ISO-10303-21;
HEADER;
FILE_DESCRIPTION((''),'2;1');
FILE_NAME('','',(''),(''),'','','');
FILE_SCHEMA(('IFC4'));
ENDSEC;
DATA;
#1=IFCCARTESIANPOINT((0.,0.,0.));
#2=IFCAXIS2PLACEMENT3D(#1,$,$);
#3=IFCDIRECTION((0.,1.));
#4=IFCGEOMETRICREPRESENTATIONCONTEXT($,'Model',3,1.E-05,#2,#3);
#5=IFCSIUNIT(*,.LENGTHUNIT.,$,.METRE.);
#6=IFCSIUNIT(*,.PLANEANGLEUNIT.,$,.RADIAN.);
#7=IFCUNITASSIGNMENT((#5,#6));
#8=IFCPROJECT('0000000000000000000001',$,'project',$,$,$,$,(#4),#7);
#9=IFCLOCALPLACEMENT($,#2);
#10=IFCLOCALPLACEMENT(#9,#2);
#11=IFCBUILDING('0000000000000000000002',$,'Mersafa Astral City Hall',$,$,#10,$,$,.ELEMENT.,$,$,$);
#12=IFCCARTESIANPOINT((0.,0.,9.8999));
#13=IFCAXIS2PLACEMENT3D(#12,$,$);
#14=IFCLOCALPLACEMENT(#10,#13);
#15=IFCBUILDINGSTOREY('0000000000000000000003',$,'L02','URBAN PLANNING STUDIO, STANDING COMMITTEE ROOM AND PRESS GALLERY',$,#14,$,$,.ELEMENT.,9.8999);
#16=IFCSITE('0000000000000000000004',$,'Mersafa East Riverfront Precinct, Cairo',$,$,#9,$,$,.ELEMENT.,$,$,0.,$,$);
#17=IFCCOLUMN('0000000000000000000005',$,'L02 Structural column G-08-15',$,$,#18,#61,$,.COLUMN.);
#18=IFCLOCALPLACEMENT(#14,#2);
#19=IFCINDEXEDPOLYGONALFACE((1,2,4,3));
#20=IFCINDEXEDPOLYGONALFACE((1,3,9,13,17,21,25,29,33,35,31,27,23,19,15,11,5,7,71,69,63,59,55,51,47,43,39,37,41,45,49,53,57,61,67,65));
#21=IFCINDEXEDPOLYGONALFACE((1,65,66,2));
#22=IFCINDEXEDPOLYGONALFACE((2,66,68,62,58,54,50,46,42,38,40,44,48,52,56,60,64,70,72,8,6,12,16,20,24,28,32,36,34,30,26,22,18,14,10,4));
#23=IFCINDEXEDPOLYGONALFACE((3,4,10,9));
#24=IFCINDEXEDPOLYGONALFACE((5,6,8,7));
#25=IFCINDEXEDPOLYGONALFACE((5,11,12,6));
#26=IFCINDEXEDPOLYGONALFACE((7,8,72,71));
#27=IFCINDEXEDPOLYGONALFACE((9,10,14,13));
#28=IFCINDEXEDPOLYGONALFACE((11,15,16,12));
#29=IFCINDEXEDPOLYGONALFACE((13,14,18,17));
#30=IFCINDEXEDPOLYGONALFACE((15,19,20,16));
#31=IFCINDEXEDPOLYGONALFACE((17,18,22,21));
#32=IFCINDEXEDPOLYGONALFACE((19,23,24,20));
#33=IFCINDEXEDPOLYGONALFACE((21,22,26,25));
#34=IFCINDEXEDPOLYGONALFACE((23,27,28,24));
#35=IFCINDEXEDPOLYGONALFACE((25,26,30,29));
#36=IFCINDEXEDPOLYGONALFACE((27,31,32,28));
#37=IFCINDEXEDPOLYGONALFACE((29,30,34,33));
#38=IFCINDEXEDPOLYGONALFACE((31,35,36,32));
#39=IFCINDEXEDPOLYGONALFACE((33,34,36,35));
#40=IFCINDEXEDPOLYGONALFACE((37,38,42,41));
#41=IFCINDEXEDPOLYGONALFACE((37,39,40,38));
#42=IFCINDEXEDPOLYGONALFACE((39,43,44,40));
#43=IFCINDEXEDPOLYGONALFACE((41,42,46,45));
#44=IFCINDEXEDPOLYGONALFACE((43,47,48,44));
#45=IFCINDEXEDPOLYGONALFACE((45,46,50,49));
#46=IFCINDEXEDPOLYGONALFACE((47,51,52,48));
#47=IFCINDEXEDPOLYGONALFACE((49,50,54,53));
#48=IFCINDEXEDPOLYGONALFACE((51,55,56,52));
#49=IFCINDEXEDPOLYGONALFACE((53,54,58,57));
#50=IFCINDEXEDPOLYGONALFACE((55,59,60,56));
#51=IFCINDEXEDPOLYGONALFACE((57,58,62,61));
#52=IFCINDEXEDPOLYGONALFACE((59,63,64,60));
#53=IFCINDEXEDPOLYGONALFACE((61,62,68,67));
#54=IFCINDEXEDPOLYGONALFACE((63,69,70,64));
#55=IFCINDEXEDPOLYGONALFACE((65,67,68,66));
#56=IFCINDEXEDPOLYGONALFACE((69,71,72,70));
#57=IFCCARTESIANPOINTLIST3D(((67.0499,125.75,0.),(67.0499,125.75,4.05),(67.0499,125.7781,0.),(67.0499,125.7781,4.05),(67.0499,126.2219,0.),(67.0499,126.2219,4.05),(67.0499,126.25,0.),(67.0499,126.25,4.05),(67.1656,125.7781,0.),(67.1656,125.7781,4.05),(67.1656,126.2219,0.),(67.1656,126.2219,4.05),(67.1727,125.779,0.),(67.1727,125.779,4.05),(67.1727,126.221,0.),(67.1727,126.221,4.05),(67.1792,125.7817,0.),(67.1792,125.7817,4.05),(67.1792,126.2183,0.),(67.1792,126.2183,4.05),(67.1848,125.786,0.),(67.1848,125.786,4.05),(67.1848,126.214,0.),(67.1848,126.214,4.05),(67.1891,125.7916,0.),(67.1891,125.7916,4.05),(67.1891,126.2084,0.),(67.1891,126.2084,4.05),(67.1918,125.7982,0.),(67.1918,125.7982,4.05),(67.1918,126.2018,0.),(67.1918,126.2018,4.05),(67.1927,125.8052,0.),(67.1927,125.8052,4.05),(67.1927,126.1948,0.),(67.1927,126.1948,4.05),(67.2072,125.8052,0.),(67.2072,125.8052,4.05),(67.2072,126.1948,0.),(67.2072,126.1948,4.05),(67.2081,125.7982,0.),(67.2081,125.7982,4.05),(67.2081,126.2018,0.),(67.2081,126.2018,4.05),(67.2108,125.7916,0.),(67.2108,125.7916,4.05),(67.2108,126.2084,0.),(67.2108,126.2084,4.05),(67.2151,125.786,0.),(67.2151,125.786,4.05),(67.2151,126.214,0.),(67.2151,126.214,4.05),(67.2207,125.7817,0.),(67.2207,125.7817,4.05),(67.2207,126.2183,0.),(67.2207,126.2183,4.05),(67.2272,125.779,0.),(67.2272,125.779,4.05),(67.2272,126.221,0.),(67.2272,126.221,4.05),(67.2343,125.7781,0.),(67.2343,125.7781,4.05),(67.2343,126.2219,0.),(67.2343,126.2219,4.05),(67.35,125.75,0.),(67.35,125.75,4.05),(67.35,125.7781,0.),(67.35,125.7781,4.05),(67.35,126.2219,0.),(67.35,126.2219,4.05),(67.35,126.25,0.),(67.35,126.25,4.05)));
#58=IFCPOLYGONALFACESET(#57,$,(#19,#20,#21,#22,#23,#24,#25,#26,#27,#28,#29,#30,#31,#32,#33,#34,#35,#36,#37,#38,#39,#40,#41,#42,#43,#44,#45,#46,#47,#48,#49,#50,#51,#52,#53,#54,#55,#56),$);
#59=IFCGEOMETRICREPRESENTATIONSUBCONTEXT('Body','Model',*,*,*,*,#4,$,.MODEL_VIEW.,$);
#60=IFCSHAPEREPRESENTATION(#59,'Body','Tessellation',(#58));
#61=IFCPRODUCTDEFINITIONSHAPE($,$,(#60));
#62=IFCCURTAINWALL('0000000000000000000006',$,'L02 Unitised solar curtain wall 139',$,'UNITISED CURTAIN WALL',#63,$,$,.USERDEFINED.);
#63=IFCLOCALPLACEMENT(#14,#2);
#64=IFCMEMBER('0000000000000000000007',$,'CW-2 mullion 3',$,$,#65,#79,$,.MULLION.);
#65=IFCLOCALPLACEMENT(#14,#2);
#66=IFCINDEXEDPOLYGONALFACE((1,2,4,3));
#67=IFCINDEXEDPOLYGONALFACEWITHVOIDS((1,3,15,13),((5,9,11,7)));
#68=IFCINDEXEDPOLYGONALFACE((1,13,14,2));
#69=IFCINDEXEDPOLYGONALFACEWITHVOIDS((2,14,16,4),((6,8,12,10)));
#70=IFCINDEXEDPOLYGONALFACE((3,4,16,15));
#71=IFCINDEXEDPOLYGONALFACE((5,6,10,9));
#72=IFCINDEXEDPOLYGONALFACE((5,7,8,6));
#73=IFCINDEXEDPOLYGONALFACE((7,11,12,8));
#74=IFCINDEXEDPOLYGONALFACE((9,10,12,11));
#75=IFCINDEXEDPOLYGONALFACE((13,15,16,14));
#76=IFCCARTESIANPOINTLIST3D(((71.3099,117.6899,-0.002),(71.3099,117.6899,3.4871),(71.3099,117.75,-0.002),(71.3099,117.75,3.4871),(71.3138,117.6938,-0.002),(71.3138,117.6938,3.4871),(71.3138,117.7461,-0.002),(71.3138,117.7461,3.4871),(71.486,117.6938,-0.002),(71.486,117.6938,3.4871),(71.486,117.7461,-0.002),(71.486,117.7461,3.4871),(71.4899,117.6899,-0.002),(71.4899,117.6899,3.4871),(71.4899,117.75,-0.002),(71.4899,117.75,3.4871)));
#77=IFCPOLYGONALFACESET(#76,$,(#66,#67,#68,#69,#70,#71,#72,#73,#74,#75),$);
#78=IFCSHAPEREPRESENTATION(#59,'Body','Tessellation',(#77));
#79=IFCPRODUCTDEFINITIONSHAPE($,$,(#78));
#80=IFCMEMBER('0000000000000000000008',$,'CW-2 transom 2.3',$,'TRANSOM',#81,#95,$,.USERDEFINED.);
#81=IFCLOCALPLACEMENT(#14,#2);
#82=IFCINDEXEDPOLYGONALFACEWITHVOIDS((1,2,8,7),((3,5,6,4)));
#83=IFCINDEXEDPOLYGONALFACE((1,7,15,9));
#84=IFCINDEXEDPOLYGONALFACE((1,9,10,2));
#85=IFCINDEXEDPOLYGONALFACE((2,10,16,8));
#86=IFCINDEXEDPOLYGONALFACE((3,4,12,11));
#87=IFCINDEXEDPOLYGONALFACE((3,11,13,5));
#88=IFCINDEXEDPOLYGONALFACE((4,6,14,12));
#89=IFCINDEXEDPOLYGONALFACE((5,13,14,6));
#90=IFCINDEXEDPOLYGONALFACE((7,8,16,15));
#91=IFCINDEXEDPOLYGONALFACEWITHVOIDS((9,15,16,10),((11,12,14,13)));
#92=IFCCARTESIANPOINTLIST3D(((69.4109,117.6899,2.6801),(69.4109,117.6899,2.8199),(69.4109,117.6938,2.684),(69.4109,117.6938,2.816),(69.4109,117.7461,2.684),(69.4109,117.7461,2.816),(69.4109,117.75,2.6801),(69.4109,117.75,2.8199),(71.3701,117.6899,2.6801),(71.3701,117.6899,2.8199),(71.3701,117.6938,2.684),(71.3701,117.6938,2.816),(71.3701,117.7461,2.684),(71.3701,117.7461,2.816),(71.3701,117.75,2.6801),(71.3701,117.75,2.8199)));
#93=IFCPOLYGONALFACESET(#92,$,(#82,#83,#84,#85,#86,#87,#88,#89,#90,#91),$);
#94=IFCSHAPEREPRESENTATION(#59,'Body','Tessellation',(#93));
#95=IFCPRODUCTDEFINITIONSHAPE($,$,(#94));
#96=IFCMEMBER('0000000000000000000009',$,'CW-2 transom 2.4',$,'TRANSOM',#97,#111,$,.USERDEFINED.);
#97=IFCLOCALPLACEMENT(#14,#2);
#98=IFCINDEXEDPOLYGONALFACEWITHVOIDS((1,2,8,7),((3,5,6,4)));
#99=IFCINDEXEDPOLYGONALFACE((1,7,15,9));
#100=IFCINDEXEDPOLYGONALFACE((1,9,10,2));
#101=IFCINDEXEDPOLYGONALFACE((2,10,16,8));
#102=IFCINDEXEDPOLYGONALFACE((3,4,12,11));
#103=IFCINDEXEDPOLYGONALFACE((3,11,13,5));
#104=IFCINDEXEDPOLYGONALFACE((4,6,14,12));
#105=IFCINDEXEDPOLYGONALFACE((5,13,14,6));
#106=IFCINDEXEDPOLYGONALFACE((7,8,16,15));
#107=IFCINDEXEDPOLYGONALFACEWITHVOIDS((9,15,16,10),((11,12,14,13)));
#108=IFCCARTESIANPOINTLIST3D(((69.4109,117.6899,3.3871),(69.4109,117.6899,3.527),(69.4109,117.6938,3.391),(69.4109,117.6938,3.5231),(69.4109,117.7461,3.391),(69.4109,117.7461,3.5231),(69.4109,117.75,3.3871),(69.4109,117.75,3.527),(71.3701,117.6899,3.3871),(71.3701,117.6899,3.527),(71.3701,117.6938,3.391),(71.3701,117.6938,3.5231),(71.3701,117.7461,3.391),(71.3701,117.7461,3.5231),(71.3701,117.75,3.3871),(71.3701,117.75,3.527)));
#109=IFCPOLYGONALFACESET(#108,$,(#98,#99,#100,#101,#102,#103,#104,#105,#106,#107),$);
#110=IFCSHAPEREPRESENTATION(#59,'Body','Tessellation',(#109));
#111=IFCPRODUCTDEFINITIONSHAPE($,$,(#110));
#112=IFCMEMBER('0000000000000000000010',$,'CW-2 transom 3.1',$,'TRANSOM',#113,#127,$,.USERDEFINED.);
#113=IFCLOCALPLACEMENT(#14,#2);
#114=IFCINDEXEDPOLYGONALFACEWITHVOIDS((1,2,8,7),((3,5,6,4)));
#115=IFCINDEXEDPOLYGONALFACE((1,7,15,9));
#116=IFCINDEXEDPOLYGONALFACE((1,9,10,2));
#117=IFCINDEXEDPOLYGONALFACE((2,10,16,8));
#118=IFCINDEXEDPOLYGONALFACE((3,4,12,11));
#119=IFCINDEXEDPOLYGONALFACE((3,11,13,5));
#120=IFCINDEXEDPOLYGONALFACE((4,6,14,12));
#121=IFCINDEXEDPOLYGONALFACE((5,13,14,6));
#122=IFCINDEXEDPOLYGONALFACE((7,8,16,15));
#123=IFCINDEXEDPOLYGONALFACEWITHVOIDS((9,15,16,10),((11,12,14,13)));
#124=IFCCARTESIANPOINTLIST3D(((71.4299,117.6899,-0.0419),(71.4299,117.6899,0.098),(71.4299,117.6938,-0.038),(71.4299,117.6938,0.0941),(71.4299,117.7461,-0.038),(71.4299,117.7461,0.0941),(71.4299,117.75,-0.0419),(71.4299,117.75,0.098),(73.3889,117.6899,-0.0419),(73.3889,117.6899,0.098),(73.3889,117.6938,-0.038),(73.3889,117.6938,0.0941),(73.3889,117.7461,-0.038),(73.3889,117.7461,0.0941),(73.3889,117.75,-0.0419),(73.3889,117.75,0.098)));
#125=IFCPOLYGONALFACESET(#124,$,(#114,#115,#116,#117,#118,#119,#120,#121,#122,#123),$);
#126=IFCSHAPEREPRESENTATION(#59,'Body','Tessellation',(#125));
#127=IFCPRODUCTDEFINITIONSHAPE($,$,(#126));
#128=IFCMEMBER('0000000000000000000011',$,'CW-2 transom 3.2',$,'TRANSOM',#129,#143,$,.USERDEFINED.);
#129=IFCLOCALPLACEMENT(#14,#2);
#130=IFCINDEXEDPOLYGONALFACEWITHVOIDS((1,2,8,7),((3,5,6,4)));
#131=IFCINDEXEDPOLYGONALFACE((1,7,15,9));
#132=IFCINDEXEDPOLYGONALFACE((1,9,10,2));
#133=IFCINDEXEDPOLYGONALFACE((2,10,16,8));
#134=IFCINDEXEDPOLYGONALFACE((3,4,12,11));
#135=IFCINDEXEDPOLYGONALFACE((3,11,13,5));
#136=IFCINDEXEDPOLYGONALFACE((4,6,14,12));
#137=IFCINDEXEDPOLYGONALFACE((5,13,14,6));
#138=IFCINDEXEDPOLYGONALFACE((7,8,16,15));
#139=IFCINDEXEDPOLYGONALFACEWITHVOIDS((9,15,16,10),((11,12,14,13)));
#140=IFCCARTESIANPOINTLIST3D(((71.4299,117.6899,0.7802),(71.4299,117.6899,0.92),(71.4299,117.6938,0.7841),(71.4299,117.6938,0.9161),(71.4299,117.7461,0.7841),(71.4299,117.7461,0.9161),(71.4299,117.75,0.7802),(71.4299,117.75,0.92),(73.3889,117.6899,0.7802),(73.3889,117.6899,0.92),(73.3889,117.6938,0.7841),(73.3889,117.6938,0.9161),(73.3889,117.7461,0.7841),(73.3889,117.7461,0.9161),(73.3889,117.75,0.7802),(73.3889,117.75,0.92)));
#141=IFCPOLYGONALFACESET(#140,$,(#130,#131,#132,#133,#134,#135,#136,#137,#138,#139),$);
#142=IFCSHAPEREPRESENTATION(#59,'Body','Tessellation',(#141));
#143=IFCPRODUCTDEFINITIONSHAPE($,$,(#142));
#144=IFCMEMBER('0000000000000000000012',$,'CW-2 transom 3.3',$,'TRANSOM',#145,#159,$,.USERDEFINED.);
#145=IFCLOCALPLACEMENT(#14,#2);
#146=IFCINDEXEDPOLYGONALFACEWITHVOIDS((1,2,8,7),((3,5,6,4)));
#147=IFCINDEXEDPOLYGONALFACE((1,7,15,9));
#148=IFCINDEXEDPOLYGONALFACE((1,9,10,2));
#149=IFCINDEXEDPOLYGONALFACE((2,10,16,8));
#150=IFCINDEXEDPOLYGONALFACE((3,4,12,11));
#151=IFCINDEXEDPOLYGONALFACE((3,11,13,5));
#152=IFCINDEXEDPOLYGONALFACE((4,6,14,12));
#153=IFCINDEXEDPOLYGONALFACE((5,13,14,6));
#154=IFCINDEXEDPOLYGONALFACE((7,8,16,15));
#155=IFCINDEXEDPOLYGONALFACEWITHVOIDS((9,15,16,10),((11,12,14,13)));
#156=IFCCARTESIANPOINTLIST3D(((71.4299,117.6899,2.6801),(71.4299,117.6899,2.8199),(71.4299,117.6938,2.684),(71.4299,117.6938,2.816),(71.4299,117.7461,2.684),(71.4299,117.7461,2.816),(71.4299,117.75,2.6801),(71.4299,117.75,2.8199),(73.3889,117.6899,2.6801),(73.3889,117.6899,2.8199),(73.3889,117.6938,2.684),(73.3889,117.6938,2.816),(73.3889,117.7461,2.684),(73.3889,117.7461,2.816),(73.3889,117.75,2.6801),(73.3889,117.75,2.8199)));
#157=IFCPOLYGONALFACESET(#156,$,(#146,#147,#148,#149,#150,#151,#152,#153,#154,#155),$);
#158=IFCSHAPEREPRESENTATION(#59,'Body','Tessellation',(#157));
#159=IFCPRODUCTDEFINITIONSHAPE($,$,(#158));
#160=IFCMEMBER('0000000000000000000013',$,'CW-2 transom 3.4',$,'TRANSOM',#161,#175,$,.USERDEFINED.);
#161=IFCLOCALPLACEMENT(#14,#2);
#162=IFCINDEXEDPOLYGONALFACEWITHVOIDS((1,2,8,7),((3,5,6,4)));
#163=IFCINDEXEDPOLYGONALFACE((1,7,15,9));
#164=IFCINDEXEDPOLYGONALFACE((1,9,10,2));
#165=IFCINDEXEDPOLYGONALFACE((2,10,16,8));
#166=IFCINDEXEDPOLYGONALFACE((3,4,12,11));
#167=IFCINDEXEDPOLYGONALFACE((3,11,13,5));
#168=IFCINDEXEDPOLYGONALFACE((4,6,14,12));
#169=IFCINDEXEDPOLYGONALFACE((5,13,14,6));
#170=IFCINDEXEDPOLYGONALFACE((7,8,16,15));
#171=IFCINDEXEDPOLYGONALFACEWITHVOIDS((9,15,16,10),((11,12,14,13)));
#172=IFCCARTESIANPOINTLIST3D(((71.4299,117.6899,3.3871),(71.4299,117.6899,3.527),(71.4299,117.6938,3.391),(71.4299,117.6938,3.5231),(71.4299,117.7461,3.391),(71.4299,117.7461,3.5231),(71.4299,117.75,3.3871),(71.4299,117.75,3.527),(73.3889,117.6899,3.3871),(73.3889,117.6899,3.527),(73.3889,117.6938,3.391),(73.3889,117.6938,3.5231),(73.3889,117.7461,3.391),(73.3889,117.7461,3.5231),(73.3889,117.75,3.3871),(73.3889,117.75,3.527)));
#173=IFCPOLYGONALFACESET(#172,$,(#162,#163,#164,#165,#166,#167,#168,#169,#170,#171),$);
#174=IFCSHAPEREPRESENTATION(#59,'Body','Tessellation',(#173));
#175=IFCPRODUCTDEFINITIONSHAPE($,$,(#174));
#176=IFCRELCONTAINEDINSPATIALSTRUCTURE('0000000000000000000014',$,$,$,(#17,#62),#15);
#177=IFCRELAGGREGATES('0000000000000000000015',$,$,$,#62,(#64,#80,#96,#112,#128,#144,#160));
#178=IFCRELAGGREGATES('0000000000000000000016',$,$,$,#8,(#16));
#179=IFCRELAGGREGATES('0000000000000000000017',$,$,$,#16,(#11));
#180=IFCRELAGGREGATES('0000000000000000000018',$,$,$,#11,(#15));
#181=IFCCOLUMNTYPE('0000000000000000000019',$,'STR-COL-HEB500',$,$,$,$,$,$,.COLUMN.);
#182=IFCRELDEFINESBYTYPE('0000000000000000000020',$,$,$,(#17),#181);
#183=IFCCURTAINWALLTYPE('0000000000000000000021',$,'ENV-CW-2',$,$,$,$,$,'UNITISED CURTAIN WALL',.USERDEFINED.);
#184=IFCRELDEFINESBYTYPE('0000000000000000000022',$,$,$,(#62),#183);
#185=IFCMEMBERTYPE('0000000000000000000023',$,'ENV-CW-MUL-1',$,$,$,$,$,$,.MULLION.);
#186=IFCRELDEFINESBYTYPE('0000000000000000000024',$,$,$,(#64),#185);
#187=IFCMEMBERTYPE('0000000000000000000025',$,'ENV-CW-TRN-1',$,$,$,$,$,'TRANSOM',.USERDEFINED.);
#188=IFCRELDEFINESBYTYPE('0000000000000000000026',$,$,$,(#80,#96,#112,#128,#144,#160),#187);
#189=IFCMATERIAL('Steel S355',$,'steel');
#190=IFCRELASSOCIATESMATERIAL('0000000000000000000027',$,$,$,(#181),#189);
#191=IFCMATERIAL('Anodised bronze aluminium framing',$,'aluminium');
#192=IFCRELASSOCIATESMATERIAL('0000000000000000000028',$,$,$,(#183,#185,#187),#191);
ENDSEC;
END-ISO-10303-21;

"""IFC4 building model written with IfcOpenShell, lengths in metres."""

from ifc_helpers import new_model, si_unit, direction, frame, origin, origin_2d, place, context, subcontext, project, spatial, hollow_rectangle, i_section, extrude, material, material_profile, profile_set, type_object, element, aggregate, save


model = new_model("IFC4")

# Units and contexts
model_context = context("Model", 3, precision=1e-05, world=origin(), true_north=direction((0.0, 1.0)))
body_context = subcontext(model_context, "Body", "Model", "MODEL_VIEW")
ifc_project = project(units=[si_unit("LENGTHUNIT", "METRE"), si_unit("PLANEANGLEUNIT", "RADIAN")], contexts=[model_context])

# Site, building, storey
site_placement = place(None, origin())
site = spatial("IfcSite", under=ifc_project, at=site_placement, Name="Mersafa East Riverfront Precinct, Cairo", CompositionType="ELEMENT", RefElevation=0.0)
building_placement = place(site_placement, origin())
building = spatial("IfcBuilding", under=site, at=building_placement, Name="Mersafa Astral City Hall", CompositionType="ELEMENT")
storey_placement = place(building_placement, frame((0.0, 0.0, 9.8999)))
storey = spatial("IfcBuildingStorey", under=building, at=storey_placement, Name="L02", Description="URBAN PLANNING STUDIO, STANDING COMMITTEE ROOM AND PRESS GALLERY", CompositionType="ELEMENT", Elevation=9.8999)

# Column
ifc_material_1 = material(Name="Steel S355", Category="steel")
ifc_material_profile_1 = material_profile(ifc_material_1, i_section(OverallWidth=0.3, OverallDepth=0.5, WebThickness=0.0144, FlangeThickness=0.0281, FilletRadius=0.0271, at=origin_2d()), Name="HEB 500")
ifc_profile_set_1 = profile_set([ifc_material_profile_1], Name="Steel S355")
column_type = type_object("IfcColumnType", Name="STR-COL-HEB500", PredefinedType="COLUMN", material=ifc_profile_set_1)
column_placement = place(storey_placement, frame((67.2, 126.0, 0.0), z_axis=(0.0, 0.0, 1.0), x_axis=(1.0, 0.0, 0.0)))
element("IfcColumn", 1, at=column_placement, inside=storey, type_object=column_type, Name="L02 Structural column G-08-15", PredefinedType="COLUMN", context=body_context, shape_type="SweptSolid", body=[
    extrude(i_section(OverallWidth=0.3, OverallDepth=0.5, WebThickness=0.0144, FlangeThickness=0.0281, FilletRadius=0.0271, at=origin_2d()), origin(), (0.0, 0.0, 1.0), 4.05),
])

# Curtain wall, members
ifc_material_2 = material(Name="Anodised bronze aluminium framing", Category="aluminium")
curtain_wall_type = type_object("IfcCurtainWallType", Name="ENV-CW-2", ElementType="UNITISED CURTAIN WALL", PredefinedType="USERDEFINED", material=ifc_material_2)
curtain_wall_placement = place(storey_placement, origin())
curtain_wall = element("IfcCurtainWall", 2, at=curtain_wall_placement, inside=storey, type_object=curtain_wall_type, Name="L02 Unitised solar curtain wall 139", ObjectType="UNITISED CURTAIN WALL", PredefinedType="USERDEFINED")
ifc_material_profile_2 = material_profile(ifc_material_2, hollow_rectangle(XDim=0.0601, YDim=0.1799, WallThickness=0.0039, at=origin_2d()), Name="RHS 60x180x4")
ifc_profile_set_2 = profile_set([ifc_material_profile_2], Name="Anodised bronze aluminium framing")
member_type_1 = type_object("IfcMemberType", Name="ENV-CW-MUL-1", PredefinedType="MULLION", material=ifc_profile_set_2)
member_1_placement = place(storey_placement, frame((71.3999, 117.72, -0.002), z_axis=(0.0, 0.0, 1.0), x_axis=(0.0, 1.0, 0.0)))
member_1 = element("IfcMember", 3, at=member_1_placement, type_object=member_type_1, Name="CW-2 mullion 3", PredefinedType="MULLION", context=body_context, shape_type="SweptSolid", body=[
    extrude(hollow_rectangle(XDim=0.0601, YDim=0.1799, WallThickness=0.0039, at=origin_2d()), origin(), (0.0, 0.0, 1.0), 3.489),
])
ifc_material_profile_3 = material_profile(ifc_material_2, hollow_rectangle(XDim=0.0601, YDim=0.1399, WallThickness=0.0039, at=origin_2d()), Name="RHS 60x140x4")
ifc_profile_set_3 = profile_set([ifc_material_profile_3], Name="Anodised bronze aluminium framing")
member_type_2 = type_object("IfcMemberType", Name="ENV-CW-TRN-1", ElementType="TRANSOM", PredefinedType="USERDEFINED", material=ifc_profile_set_3)
member_2_placement = place(storey_placement, frame((69.4109, 117.72, 2.75), z_axis=(1.0, 0.0, 0.0), x_axis=(0.0, 1.0, 0.0)))
member_2 = element("IfcMember", 4, at=member_2_placement, type_object=member_type_2, Name="CW-2 transom 2.3", ObjectType="TRANSOM", PredefinedType="USERDEFINED", context=body_context, shape_type="SweptSolid", body=[
    extrude(hollow_rectangle(XDim=0.0601, YDim=0.1399, WallThickness=0.0039, at=origin_2d()), origin(), (0.0, 0.0, 1.0), 1.9592),
])
member_3_placement = place(storey_placement, frame((69.4109, 117.72, 3.457), z_axis=(1.0, 0.0, 0.0), x_axis=(0.0, 1.0, 0.0)))
member_3 = element("IfcMember", 5, at=member_3_placement, type_object=member_type_2, Name="CW-2 transom 2.4", ObjectType="TRANSOM", PredefinedType="USERDEFINED", context=body_context, shape_type="SweptSolid", body=[
    extrude(hollow_rectangle(XDim=0.0601, YDim=0.1399, WallThickness=0.0039, at=origin_2d()), origin(), (0.0, 0.0, 1.0), 1.9592),
])
member_4_placement = place(storey_placement, frame((71.4299, 117.72, 0.0281), z_axis=(1.0, 0.0, 0.0), x_axis=(0.0, 1.0, 0.0)))
member_4 = element("IfcMember", 6, at=member_4_placement, type_object=member_type_2, Name="CW-2 transom 3.1", ObjectType="TRANSOM", PredefinedType="USERDEFINED", context=body_context, shape_type="SweptSolid", body=[
    extrude(hollow_rectangle(XDim=0.0601, YDim=0.1399, WallThickness=0.0039, at=origin_2d()), origin(), (0.0, 0.0, 1.0), 1.959),
])
member_5_placement = place(storey_placement, frame((71.4299, 117.72, 0.8501), z_axis=(1.0, 0.0, 0.0), x_axis=(0.0, 1.0, 0.0)))
member_5 = element("IfcMember", 7, at=member_5_placement, type_object=member_type_2, Name="CW-2 transom 3.2", ObjectType="TRANSOM", PredefinedType="USERDEFINED", context=body_context, shape_type="SweptSolid", body=[
    extrude(hollow_rectangle(XDim=0.0601, YDim=0.1399, WallThickness=0.0039, at=origin_2d()), origin(), (0.0, 0.0, 1.0), 1.959),
])
member_6_placement = place(storey_placement, frame((71.4299, 117.72, 2.75), z_axis=(1.0, 0.0, 0.0), x_axis=(0.0, 1.0, 0.0)))
member_6 = element("IfcMember", 8, at=member_6_placement, type_object=member_type_2, Name="CW-2 transom 3.3", ObjectType="TRANSOM", PredefinedType="USERDEFINED", context=body_context, shape_type="SweptSolid", body=[
    extrude(hollow_rectangle(XDim=0.0601, YDim=0.1399, WallThickness=0.0039, at=origin_2d()), origin(), (0.0, 0.0, 1.0), 1.959),
])
member_7_placement = place(storey_placement, frame((71.4299, 117.72, 3.457), z_axis=(1.0, 0.0, 0.0), x_axis=(0.0, 1.0, 0.0)))
member_7 = element("IfcMember", 9, at=member_7_placement, type_object=member_type_2, Name="CW-2 transom 3.4", ObjectType="TRANSOM", PredefinedType="USERDEFINED", context=body_context, shape_type="SweptSolid", body=[
    extrude(hollow_rectangle(XDim=0.0601, YDim=0.1399, WallThickness=0.0039, at=origin_2d()), origin(), (0.0, 0.0, 1.0), 1.959),
])

aggregate(curtain_wall, [member_1, member_2, member_3, member_4, member_5, member_6, member_7])

save(model, "model.ifc")
